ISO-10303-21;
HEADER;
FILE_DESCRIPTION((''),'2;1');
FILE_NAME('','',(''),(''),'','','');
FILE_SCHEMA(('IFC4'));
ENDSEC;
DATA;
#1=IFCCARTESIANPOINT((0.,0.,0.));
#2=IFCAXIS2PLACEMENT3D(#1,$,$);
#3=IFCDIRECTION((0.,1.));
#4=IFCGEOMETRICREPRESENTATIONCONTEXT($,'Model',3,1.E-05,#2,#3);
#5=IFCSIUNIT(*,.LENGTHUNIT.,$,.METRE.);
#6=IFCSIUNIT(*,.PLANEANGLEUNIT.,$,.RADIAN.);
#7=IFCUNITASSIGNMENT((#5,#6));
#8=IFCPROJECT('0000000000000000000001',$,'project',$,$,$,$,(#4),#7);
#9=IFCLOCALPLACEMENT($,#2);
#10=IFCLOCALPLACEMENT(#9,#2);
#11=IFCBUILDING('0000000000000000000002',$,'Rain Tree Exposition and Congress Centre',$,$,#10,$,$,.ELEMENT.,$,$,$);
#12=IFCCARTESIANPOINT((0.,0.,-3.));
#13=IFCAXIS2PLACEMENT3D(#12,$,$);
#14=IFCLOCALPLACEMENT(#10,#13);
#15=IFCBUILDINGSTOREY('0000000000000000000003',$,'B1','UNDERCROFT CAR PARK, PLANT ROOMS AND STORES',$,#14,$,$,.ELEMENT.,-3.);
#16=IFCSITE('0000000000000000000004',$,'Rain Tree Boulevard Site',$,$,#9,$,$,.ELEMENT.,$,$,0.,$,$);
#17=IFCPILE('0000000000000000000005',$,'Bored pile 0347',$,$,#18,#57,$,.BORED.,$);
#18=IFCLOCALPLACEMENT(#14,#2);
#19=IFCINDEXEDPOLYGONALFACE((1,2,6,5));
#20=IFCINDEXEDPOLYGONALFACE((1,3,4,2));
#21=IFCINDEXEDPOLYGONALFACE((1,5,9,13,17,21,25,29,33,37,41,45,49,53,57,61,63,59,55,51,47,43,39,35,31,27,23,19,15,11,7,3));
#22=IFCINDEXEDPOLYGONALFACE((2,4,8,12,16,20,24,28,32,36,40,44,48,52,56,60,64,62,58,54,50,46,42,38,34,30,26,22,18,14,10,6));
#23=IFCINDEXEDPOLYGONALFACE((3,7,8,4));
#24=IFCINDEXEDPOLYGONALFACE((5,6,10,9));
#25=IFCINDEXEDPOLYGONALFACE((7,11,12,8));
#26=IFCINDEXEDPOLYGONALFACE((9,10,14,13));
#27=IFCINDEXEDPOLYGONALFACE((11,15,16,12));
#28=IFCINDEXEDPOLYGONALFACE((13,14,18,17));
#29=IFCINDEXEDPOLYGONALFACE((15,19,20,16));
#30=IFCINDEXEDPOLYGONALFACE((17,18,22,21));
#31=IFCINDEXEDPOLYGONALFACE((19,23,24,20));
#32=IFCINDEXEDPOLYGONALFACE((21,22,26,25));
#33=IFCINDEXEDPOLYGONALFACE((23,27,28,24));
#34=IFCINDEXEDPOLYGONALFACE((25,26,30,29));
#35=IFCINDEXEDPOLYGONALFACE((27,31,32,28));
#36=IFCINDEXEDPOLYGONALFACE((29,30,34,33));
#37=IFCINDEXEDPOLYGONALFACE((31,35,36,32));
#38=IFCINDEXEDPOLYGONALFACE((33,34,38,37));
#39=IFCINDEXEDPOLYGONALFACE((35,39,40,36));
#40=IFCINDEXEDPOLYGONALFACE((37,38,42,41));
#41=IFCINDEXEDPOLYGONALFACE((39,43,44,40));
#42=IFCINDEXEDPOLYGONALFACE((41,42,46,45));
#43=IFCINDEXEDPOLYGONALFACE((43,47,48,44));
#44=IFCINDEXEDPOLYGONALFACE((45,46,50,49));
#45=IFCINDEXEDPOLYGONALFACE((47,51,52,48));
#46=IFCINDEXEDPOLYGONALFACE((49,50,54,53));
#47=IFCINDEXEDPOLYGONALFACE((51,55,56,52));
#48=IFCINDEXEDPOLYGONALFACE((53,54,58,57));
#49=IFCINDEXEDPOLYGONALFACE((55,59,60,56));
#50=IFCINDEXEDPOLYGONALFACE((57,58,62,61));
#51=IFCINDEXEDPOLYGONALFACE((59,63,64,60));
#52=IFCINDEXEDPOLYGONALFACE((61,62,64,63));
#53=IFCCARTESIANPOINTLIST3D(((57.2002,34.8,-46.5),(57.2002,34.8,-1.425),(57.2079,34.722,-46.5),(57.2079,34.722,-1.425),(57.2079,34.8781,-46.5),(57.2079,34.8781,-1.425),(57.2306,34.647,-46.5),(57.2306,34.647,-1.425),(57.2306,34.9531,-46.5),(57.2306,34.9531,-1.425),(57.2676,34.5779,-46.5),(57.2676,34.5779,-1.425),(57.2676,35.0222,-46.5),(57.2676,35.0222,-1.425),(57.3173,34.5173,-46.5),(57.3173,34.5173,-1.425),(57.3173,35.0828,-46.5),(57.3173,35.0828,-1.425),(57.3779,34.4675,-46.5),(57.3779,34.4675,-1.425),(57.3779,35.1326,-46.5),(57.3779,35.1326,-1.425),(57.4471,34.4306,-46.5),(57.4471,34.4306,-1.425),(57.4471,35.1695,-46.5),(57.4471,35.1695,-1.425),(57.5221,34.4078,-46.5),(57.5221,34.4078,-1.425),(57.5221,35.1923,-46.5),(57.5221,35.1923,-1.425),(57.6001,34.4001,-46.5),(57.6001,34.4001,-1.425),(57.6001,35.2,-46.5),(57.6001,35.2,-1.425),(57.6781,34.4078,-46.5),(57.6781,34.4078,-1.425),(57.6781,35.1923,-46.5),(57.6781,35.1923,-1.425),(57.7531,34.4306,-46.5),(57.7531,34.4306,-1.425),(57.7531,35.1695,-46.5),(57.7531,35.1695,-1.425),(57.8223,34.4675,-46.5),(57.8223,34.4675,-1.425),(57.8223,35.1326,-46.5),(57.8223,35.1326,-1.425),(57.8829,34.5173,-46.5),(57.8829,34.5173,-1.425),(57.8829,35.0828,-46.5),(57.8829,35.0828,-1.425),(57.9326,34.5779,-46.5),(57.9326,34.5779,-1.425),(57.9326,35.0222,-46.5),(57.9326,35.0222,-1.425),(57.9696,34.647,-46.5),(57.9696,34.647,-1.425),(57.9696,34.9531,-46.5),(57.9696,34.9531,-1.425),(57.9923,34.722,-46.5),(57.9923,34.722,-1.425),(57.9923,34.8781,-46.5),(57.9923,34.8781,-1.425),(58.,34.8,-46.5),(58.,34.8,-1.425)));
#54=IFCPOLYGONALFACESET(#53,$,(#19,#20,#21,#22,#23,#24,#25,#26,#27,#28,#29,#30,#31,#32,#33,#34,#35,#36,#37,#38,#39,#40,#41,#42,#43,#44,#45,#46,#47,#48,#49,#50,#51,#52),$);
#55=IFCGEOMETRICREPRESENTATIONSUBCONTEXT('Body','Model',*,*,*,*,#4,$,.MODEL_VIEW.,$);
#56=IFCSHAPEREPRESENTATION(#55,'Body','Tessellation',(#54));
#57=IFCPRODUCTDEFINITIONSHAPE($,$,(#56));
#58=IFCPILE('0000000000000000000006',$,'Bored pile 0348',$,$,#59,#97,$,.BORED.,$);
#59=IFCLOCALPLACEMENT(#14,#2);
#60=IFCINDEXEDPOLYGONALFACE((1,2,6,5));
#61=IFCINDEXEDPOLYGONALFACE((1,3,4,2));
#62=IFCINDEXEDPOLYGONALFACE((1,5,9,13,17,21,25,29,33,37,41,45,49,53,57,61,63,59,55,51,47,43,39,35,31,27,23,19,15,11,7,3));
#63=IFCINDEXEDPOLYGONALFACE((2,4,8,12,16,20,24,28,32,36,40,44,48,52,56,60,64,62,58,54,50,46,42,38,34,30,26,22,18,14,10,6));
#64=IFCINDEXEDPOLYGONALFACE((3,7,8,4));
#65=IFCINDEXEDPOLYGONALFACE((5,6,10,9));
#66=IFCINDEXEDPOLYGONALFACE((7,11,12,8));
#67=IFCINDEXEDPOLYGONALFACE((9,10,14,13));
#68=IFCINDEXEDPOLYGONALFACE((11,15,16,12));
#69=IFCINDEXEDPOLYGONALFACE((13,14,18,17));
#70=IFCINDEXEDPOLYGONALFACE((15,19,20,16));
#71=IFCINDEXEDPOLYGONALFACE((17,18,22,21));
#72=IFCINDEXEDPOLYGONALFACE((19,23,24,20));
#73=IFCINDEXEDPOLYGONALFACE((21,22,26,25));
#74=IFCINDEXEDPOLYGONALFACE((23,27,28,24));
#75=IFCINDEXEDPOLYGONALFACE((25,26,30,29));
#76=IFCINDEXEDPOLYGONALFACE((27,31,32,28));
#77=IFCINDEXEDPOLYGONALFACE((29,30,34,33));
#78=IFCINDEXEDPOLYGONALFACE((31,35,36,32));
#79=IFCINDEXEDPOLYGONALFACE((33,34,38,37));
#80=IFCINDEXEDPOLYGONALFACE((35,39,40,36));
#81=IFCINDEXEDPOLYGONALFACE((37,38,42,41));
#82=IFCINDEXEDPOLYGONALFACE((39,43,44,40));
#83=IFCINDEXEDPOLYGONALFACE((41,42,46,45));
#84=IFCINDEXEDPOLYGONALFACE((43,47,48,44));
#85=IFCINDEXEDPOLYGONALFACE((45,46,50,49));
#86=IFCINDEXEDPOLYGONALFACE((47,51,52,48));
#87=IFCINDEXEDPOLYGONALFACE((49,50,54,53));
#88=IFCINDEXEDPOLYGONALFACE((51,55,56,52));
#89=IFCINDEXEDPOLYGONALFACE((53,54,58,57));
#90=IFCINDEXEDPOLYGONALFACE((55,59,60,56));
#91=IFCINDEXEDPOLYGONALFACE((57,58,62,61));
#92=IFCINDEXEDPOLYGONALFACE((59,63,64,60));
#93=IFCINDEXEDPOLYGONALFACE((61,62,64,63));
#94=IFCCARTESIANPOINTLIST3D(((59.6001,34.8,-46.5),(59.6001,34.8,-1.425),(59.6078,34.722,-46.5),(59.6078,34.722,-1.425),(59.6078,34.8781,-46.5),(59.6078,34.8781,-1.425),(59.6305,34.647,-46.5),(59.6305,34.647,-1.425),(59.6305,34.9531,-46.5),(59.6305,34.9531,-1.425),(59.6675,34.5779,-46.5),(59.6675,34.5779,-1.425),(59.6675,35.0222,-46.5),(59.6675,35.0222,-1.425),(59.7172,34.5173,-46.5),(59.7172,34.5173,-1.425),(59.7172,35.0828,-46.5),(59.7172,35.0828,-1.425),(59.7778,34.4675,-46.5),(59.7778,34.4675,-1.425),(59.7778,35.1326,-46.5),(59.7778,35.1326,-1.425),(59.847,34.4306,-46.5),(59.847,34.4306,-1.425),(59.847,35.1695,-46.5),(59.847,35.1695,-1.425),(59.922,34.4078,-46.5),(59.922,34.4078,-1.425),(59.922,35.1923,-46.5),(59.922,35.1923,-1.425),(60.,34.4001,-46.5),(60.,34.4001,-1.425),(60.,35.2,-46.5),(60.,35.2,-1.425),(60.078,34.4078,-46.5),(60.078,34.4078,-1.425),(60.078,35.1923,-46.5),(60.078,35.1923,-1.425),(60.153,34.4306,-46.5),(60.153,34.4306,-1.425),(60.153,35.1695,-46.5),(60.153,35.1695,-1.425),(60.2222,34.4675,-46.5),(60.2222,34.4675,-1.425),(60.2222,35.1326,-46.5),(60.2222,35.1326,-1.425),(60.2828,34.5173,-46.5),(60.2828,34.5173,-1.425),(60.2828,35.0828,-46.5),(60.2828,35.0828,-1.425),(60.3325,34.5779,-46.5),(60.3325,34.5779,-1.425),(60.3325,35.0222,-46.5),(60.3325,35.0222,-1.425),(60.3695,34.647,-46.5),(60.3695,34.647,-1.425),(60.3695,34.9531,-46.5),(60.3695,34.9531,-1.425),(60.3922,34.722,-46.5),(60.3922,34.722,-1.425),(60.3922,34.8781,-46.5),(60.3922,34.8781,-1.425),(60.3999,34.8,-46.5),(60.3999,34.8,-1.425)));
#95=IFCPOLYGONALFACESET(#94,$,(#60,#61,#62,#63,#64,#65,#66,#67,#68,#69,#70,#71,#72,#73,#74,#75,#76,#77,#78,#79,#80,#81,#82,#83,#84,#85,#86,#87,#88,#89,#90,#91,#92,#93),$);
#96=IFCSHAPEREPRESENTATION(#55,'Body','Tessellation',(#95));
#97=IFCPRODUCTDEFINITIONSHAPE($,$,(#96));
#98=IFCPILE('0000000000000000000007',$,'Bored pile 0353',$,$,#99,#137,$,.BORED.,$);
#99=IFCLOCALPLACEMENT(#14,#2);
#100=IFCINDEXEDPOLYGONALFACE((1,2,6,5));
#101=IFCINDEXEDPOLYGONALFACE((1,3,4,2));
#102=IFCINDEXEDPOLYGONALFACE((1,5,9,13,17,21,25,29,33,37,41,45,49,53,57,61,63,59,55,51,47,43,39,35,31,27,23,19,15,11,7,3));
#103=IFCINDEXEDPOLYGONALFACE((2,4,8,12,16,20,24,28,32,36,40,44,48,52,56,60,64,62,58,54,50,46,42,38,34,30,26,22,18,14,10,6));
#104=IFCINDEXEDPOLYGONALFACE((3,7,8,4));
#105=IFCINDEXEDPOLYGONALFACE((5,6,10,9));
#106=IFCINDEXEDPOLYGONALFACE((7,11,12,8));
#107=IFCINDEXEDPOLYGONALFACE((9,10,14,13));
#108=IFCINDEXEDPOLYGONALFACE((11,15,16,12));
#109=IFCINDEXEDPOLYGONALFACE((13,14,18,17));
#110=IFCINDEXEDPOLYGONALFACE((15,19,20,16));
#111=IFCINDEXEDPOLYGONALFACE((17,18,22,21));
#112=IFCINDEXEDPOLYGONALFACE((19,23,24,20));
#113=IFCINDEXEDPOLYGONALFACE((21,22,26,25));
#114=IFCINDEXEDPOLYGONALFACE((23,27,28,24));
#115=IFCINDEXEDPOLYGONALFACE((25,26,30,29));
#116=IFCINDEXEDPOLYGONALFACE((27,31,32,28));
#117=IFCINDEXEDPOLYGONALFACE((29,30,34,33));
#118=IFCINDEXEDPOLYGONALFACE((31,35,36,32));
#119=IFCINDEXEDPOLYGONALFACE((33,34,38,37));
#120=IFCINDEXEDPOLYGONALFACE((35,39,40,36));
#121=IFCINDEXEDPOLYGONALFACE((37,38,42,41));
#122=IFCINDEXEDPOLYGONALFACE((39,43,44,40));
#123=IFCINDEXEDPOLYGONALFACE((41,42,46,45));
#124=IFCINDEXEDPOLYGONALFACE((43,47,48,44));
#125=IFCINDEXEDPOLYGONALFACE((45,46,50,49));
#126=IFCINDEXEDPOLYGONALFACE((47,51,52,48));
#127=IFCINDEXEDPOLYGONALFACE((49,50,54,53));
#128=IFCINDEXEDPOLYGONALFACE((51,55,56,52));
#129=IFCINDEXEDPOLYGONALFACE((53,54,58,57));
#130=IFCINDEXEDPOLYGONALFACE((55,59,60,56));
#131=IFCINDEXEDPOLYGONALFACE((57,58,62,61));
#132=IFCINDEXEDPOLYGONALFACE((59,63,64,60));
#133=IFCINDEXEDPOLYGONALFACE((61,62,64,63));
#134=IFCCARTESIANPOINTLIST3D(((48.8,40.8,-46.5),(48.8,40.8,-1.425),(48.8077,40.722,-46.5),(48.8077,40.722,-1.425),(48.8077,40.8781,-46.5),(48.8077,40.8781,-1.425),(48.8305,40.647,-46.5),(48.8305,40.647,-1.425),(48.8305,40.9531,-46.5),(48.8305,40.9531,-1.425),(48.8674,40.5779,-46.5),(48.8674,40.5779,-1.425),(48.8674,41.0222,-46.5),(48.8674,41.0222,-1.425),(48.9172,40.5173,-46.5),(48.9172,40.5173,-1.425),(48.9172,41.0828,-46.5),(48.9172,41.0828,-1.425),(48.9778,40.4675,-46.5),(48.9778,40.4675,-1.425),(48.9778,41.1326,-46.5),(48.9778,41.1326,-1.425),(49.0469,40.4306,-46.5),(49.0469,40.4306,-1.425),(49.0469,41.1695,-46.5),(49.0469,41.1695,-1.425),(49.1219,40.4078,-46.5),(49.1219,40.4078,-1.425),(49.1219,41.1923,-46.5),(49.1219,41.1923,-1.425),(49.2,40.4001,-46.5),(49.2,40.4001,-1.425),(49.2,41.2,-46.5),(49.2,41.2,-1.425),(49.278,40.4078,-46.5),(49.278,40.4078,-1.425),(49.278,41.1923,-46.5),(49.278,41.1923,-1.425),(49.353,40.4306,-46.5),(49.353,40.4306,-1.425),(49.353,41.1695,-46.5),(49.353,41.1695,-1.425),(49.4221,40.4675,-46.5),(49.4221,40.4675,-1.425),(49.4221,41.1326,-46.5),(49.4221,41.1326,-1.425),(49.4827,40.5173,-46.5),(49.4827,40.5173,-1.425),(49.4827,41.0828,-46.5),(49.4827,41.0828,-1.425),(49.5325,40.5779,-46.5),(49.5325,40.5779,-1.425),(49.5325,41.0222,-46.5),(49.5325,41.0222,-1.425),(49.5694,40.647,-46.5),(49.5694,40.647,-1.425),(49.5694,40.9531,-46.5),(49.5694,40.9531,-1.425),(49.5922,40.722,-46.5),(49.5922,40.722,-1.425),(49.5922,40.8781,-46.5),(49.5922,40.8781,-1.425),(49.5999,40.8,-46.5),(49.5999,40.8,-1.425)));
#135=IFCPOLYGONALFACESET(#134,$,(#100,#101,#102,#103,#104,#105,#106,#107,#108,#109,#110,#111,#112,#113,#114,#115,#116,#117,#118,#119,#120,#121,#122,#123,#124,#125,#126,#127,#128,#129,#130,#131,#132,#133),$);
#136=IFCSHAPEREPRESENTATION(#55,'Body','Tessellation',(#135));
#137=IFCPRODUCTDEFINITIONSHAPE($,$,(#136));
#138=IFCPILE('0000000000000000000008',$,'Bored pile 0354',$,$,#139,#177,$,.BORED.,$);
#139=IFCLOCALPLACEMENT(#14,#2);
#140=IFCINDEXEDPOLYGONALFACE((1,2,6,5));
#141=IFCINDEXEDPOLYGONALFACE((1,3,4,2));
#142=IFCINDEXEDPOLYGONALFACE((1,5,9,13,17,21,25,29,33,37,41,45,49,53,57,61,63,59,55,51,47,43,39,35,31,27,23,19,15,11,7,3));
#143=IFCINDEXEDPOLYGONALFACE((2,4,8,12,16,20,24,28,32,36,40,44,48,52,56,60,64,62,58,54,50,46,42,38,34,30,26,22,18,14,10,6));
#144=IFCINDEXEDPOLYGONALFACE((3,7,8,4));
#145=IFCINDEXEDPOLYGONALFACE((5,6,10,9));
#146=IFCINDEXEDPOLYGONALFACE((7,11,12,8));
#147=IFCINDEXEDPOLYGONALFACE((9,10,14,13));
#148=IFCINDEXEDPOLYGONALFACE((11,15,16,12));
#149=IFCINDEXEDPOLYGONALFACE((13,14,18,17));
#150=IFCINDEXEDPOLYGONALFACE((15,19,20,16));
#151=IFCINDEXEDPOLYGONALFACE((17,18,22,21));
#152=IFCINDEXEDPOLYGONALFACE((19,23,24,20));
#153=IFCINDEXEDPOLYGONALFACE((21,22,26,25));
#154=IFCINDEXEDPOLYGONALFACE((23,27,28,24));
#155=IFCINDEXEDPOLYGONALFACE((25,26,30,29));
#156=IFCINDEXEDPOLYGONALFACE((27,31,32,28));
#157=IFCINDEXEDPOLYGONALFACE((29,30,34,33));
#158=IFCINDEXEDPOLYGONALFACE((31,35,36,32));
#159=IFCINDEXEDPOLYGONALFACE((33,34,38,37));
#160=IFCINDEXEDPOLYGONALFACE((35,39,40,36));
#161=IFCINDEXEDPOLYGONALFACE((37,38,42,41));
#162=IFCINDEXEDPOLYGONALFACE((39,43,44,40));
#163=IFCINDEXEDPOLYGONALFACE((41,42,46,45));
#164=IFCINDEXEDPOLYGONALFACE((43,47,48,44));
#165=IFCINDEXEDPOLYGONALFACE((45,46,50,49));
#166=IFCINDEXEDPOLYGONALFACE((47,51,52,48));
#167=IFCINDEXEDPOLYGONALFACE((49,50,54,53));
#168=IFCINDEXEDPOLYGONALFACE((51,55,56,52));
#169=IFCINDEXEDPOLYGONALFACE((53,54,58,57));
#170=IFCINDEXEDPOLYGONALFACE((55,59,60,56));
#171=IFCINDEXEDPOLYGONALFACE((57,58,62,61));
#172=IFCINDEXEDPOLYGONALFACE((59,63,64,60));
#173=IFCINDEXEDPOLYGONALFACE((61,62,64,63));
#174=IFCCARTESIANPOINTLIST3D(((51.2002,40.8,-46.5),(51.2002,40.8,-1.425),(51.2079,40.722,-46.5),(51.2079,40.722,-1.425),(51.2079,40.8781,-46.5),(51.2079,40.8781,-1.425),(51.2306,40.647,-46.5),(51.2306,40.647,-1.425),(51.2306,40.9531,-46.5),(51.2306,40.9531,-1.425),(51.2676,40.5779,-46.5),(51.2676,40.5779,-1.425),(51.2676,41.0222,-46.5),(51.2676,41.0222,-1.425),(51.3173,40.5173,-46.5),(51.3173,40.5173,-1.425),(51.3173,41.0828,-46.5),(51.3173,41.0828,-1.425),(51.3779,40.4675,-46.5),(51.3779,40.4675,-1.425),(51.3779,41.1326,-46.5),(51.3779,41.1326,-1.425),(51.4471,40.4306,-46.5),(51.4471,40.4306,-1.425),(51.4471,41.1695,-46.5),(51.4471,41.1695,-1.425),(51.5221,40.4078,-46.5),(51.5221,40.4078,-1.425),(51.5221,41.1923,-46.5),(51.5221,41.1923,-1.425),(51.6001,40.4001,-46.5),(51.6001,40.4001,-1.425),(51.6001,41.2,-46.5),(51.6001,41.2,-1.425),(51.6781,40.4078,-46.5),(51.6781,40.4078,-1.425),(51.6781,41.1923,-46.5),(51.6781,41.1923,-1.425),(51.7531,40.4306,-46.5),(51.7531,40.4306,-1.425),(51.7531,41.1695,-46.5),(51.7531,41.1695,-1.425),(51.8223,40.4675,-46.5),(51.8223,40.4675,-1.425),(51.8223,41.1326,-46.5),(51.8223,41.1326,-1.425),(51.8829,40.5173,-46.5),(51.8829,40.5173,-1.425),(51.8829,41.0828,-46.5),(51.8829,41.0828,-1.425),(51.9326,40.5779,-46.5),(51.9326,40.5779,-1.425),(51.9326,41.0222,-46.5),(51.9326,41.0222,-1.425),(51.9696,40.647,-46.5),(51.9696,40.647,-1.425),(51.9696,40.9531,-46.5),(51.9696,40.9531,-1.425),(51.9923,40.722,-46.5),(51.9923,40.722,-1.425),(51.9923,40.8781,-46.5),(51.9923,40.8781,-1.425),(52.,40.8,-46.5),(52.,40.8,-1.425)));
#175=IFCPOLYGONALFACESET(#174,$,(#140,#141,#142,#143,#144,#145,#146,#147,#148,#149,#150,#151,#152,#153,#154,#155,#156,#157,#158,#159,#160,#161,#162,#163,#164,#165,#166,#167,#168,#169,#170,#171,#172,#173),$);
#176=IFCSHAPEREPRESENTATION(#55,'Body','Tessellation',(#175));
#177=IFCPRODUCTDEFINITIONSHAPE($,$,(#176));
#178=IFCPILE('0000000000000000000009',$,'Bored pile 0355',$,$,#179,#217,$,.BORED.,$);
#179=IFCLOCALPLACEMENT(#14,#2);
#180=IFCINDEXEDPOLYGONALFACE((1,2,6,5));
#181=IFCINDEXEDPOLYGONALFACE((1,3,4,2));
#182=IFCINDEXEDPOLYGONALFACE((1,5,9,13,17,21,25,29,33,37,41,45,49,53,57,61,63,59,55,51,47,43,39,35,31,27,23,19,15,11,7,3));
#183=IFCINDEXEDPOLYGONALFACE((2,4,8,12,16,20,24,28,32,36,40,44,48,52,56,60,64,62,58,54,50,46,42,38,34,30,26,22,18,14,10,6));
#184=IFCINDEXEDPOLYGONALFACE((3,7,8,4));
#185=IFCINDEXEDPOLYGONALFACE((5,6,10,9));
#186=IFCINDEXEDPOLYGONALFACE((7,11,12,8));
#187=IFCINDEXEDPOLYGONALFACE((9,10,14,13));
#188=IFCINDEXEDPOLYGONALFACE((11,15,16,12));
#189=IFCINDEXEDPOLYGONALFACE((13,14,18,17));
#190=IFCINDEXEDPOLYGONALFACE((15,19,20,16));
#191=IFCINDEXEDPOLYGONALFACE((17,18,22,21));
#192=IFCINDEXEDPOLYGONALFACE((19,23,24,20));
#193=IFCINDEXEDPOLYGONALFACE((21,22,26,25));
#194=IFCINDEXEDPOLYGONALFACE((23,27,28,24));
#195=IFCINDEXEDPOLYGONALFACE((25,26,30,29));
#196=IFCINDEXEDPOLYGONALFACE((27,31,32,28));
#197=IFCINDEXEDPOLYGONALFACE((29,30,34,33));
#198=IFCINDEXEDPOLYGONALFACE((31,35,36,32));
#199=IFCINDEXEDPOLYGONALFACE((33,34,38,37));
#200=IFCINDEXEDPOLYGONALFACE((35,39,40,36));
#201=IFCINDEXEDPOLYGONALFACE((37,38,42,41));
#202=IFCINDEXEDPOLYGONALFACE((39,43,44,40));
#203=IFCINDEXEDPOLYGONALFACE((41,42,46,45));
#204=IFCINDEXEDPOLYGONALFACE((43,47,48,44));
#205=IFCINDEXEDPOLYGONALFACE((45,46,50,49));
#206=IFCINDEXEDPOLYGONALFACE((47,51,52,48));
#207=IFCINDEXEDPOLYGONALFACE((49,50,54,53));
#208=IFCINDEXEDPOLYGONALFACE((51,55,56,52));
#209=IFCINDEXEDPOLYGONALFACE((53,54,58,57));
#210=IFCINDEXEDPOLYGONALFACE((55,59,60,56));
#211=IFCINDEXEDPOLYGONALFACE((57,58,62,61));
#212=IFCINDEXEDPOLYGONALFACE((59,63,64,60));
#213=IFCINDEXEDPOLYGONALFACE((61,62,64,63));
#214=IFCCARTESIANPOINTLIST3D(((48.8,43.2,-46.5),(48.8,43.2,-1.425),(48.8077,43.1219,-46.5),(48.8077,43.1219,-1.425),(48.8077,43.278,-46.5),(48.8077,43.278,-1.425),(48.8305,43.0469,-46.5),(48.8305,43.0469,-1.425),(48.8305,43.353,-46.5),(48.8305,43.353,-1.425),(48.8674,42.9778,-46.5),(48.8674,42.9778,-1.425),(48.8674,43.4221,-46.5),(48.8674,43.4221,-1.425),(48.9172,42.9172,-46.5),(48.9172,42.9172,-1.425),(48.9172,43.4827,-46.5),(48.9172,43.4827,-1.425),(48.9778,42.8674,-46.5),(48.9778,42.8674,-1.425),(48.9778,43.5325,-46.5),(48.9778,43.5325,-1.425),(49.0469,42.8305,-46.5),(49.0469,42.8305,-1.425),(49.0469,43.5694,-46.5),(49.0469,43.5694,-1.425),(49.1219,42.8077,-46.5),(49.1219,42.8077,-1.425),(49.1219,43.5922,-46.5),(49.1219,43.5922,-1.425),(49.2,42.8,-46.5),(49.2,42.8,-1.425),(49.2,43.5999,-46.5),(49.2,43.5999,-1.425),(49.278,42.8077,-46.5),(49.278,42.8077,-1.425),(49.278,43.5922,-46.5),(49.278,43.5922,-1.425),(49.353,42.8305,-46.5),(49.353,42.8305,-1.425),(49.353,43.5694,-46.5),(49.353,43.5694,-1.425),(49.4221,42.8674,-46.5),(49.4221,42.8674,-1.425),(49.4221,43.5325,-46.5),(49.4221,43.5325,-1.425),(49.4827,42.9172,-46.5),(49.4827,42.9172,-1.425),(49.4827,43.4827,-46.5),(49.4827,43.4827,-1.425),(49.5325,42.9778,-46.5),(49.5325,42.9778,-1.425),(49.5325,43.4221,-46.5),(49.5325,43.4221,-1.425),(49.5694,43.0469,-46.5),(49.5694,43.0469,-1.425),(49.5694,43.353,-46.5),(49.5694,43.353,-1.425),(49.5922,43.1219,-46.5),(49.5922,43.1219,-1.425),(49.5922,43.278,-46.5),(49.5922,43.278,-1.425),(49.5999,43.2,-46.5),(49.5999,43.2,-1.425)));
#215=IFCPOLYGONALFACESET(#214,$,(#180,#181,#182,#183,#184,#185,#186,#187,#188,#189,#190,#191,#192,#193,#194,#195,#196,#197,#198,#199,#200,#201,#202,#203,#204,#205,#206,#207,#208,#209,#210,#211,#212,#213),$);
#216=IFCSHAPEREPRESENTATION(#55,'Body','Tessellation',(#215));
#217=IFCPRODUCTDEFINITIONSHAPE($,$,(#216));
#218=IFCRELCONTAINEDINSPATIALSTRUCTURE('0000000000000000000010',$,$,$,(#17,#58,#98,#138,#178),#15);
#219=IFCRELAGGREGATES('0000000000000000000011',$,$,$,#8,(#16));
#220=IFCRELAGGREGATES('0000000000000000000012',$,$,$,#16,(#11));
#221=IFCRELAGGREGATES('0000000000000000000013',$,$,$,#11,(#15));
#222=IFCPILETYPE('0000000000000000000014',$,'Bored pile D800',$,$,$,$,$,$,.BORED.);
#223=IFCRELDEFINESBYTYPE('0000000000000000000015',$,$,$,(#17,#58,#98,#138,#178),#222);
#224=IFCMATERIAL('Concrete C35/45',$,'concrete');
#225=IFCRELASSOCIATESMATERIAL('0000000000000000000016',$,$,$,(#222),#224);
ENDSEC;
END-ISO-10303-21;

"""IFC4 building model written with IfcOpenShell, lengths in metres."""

from ifc_helpers import new_model, si_unit, direction, frame, origin, origin_2d, place, context, subcontext, project, spatial, circle, extrude, material, material_profile, profile_set, type_object, element, save


model = new_model("IFC4")

# Units and contexts
model_context = context("Model", 3, precision=1e-05, world=origin(), true_north=direction((0.0, 1.0)))
body_context = subcontext(model_context, "Body", "Model", "MODEL_VIEW")
ifc_project = project(units=[si_unit("LENGTHUNIT", "METRE"), si_unit("PLANEANGLEUNIT", "RADIAN")], contexts=[model_context])

# Site, building, storey
site_placement = place(None, origin())
site = spatial("IfcSite", under=ifc_project, at=site_placement, Name="Rain Tree Boulevard Site", CompositionType="ELEMENT", RefElevation=0.0)
building_placement = place(site_placement, origin())
building = spatial("IfcBuilding", under=site, at=building_placement, Name="Rain Tree Exposition and Congress Centre", CompositionType="ELEMENT")
storey_placement = place(building_placement, frame((0.0, 0.0, -3.0)))
storey = spatial("IfcBuildingStorey", under=building, at=storey_placement, Name="B1", Description="UNDERCROFT CAR PARK, PLANT ROOMS AND STORES", CompositionType="ELEMENT", Elevation=-3.0)

# Piles
ifc_material_1 = material(Name="Concrete C35/45", Category="concrete")
ifc_material_profile_1 = material_profile(ifc_material_1, circle(Radius=0.3999, at=origin_2d()), Name="D800")
ifc_profile_set_1 = profile_set([ifc_material_profile_1], Name="Concrete C35/45")
pile_type = type_object("IfcPileType", Name="Bored pile D800", PredefinedType="BORED", material=ifc_profile_set_1)
for number, where, z_axis, x_axis, name in (
    (1, (57.6001, 34.8, -1.425), (0.0, 0.0, -1.0), (1.0, 0.0, 0.0), "Bored pile 0347"),
    (2, (60.0, 34.8, -1.425), (0.0, 0.0, -1.0), (1.0, 0.0, 0.0), "Bored pile 0348"),
    (3, (49.2, 40.8, -1.425), (0.0, 0.0, -1.0), (1.0, 0.0, 0.0), "Bored pile 0353"),
    (4, (51.6001, 40.8, -1.425), (0.0, 0.0, -1.0), (1.0, 0.0, 0.0), "Bored pile 0354"),
    (5, (49.2, 43.2, -1.425), (0.0, 0.0, -1.0), (1.0, 0.0, 0.0), "Bored pile 0355"),
):
    element("IfcPile", number, at=place(storey_placement, frame(where, z_axis=z_axis, x_axis=x_axis)), inside=storey, type_object=pile_type, Name=name, PredefinedType="BORED", context=body_context, shape_type="SweptSolid", body=[
        extrude(circle(Radius=0.3999, at=origin_2d()), origin(), (0.0, 0.0, 1.0), 45.075),
    ])

save(model, "model.ifc")
